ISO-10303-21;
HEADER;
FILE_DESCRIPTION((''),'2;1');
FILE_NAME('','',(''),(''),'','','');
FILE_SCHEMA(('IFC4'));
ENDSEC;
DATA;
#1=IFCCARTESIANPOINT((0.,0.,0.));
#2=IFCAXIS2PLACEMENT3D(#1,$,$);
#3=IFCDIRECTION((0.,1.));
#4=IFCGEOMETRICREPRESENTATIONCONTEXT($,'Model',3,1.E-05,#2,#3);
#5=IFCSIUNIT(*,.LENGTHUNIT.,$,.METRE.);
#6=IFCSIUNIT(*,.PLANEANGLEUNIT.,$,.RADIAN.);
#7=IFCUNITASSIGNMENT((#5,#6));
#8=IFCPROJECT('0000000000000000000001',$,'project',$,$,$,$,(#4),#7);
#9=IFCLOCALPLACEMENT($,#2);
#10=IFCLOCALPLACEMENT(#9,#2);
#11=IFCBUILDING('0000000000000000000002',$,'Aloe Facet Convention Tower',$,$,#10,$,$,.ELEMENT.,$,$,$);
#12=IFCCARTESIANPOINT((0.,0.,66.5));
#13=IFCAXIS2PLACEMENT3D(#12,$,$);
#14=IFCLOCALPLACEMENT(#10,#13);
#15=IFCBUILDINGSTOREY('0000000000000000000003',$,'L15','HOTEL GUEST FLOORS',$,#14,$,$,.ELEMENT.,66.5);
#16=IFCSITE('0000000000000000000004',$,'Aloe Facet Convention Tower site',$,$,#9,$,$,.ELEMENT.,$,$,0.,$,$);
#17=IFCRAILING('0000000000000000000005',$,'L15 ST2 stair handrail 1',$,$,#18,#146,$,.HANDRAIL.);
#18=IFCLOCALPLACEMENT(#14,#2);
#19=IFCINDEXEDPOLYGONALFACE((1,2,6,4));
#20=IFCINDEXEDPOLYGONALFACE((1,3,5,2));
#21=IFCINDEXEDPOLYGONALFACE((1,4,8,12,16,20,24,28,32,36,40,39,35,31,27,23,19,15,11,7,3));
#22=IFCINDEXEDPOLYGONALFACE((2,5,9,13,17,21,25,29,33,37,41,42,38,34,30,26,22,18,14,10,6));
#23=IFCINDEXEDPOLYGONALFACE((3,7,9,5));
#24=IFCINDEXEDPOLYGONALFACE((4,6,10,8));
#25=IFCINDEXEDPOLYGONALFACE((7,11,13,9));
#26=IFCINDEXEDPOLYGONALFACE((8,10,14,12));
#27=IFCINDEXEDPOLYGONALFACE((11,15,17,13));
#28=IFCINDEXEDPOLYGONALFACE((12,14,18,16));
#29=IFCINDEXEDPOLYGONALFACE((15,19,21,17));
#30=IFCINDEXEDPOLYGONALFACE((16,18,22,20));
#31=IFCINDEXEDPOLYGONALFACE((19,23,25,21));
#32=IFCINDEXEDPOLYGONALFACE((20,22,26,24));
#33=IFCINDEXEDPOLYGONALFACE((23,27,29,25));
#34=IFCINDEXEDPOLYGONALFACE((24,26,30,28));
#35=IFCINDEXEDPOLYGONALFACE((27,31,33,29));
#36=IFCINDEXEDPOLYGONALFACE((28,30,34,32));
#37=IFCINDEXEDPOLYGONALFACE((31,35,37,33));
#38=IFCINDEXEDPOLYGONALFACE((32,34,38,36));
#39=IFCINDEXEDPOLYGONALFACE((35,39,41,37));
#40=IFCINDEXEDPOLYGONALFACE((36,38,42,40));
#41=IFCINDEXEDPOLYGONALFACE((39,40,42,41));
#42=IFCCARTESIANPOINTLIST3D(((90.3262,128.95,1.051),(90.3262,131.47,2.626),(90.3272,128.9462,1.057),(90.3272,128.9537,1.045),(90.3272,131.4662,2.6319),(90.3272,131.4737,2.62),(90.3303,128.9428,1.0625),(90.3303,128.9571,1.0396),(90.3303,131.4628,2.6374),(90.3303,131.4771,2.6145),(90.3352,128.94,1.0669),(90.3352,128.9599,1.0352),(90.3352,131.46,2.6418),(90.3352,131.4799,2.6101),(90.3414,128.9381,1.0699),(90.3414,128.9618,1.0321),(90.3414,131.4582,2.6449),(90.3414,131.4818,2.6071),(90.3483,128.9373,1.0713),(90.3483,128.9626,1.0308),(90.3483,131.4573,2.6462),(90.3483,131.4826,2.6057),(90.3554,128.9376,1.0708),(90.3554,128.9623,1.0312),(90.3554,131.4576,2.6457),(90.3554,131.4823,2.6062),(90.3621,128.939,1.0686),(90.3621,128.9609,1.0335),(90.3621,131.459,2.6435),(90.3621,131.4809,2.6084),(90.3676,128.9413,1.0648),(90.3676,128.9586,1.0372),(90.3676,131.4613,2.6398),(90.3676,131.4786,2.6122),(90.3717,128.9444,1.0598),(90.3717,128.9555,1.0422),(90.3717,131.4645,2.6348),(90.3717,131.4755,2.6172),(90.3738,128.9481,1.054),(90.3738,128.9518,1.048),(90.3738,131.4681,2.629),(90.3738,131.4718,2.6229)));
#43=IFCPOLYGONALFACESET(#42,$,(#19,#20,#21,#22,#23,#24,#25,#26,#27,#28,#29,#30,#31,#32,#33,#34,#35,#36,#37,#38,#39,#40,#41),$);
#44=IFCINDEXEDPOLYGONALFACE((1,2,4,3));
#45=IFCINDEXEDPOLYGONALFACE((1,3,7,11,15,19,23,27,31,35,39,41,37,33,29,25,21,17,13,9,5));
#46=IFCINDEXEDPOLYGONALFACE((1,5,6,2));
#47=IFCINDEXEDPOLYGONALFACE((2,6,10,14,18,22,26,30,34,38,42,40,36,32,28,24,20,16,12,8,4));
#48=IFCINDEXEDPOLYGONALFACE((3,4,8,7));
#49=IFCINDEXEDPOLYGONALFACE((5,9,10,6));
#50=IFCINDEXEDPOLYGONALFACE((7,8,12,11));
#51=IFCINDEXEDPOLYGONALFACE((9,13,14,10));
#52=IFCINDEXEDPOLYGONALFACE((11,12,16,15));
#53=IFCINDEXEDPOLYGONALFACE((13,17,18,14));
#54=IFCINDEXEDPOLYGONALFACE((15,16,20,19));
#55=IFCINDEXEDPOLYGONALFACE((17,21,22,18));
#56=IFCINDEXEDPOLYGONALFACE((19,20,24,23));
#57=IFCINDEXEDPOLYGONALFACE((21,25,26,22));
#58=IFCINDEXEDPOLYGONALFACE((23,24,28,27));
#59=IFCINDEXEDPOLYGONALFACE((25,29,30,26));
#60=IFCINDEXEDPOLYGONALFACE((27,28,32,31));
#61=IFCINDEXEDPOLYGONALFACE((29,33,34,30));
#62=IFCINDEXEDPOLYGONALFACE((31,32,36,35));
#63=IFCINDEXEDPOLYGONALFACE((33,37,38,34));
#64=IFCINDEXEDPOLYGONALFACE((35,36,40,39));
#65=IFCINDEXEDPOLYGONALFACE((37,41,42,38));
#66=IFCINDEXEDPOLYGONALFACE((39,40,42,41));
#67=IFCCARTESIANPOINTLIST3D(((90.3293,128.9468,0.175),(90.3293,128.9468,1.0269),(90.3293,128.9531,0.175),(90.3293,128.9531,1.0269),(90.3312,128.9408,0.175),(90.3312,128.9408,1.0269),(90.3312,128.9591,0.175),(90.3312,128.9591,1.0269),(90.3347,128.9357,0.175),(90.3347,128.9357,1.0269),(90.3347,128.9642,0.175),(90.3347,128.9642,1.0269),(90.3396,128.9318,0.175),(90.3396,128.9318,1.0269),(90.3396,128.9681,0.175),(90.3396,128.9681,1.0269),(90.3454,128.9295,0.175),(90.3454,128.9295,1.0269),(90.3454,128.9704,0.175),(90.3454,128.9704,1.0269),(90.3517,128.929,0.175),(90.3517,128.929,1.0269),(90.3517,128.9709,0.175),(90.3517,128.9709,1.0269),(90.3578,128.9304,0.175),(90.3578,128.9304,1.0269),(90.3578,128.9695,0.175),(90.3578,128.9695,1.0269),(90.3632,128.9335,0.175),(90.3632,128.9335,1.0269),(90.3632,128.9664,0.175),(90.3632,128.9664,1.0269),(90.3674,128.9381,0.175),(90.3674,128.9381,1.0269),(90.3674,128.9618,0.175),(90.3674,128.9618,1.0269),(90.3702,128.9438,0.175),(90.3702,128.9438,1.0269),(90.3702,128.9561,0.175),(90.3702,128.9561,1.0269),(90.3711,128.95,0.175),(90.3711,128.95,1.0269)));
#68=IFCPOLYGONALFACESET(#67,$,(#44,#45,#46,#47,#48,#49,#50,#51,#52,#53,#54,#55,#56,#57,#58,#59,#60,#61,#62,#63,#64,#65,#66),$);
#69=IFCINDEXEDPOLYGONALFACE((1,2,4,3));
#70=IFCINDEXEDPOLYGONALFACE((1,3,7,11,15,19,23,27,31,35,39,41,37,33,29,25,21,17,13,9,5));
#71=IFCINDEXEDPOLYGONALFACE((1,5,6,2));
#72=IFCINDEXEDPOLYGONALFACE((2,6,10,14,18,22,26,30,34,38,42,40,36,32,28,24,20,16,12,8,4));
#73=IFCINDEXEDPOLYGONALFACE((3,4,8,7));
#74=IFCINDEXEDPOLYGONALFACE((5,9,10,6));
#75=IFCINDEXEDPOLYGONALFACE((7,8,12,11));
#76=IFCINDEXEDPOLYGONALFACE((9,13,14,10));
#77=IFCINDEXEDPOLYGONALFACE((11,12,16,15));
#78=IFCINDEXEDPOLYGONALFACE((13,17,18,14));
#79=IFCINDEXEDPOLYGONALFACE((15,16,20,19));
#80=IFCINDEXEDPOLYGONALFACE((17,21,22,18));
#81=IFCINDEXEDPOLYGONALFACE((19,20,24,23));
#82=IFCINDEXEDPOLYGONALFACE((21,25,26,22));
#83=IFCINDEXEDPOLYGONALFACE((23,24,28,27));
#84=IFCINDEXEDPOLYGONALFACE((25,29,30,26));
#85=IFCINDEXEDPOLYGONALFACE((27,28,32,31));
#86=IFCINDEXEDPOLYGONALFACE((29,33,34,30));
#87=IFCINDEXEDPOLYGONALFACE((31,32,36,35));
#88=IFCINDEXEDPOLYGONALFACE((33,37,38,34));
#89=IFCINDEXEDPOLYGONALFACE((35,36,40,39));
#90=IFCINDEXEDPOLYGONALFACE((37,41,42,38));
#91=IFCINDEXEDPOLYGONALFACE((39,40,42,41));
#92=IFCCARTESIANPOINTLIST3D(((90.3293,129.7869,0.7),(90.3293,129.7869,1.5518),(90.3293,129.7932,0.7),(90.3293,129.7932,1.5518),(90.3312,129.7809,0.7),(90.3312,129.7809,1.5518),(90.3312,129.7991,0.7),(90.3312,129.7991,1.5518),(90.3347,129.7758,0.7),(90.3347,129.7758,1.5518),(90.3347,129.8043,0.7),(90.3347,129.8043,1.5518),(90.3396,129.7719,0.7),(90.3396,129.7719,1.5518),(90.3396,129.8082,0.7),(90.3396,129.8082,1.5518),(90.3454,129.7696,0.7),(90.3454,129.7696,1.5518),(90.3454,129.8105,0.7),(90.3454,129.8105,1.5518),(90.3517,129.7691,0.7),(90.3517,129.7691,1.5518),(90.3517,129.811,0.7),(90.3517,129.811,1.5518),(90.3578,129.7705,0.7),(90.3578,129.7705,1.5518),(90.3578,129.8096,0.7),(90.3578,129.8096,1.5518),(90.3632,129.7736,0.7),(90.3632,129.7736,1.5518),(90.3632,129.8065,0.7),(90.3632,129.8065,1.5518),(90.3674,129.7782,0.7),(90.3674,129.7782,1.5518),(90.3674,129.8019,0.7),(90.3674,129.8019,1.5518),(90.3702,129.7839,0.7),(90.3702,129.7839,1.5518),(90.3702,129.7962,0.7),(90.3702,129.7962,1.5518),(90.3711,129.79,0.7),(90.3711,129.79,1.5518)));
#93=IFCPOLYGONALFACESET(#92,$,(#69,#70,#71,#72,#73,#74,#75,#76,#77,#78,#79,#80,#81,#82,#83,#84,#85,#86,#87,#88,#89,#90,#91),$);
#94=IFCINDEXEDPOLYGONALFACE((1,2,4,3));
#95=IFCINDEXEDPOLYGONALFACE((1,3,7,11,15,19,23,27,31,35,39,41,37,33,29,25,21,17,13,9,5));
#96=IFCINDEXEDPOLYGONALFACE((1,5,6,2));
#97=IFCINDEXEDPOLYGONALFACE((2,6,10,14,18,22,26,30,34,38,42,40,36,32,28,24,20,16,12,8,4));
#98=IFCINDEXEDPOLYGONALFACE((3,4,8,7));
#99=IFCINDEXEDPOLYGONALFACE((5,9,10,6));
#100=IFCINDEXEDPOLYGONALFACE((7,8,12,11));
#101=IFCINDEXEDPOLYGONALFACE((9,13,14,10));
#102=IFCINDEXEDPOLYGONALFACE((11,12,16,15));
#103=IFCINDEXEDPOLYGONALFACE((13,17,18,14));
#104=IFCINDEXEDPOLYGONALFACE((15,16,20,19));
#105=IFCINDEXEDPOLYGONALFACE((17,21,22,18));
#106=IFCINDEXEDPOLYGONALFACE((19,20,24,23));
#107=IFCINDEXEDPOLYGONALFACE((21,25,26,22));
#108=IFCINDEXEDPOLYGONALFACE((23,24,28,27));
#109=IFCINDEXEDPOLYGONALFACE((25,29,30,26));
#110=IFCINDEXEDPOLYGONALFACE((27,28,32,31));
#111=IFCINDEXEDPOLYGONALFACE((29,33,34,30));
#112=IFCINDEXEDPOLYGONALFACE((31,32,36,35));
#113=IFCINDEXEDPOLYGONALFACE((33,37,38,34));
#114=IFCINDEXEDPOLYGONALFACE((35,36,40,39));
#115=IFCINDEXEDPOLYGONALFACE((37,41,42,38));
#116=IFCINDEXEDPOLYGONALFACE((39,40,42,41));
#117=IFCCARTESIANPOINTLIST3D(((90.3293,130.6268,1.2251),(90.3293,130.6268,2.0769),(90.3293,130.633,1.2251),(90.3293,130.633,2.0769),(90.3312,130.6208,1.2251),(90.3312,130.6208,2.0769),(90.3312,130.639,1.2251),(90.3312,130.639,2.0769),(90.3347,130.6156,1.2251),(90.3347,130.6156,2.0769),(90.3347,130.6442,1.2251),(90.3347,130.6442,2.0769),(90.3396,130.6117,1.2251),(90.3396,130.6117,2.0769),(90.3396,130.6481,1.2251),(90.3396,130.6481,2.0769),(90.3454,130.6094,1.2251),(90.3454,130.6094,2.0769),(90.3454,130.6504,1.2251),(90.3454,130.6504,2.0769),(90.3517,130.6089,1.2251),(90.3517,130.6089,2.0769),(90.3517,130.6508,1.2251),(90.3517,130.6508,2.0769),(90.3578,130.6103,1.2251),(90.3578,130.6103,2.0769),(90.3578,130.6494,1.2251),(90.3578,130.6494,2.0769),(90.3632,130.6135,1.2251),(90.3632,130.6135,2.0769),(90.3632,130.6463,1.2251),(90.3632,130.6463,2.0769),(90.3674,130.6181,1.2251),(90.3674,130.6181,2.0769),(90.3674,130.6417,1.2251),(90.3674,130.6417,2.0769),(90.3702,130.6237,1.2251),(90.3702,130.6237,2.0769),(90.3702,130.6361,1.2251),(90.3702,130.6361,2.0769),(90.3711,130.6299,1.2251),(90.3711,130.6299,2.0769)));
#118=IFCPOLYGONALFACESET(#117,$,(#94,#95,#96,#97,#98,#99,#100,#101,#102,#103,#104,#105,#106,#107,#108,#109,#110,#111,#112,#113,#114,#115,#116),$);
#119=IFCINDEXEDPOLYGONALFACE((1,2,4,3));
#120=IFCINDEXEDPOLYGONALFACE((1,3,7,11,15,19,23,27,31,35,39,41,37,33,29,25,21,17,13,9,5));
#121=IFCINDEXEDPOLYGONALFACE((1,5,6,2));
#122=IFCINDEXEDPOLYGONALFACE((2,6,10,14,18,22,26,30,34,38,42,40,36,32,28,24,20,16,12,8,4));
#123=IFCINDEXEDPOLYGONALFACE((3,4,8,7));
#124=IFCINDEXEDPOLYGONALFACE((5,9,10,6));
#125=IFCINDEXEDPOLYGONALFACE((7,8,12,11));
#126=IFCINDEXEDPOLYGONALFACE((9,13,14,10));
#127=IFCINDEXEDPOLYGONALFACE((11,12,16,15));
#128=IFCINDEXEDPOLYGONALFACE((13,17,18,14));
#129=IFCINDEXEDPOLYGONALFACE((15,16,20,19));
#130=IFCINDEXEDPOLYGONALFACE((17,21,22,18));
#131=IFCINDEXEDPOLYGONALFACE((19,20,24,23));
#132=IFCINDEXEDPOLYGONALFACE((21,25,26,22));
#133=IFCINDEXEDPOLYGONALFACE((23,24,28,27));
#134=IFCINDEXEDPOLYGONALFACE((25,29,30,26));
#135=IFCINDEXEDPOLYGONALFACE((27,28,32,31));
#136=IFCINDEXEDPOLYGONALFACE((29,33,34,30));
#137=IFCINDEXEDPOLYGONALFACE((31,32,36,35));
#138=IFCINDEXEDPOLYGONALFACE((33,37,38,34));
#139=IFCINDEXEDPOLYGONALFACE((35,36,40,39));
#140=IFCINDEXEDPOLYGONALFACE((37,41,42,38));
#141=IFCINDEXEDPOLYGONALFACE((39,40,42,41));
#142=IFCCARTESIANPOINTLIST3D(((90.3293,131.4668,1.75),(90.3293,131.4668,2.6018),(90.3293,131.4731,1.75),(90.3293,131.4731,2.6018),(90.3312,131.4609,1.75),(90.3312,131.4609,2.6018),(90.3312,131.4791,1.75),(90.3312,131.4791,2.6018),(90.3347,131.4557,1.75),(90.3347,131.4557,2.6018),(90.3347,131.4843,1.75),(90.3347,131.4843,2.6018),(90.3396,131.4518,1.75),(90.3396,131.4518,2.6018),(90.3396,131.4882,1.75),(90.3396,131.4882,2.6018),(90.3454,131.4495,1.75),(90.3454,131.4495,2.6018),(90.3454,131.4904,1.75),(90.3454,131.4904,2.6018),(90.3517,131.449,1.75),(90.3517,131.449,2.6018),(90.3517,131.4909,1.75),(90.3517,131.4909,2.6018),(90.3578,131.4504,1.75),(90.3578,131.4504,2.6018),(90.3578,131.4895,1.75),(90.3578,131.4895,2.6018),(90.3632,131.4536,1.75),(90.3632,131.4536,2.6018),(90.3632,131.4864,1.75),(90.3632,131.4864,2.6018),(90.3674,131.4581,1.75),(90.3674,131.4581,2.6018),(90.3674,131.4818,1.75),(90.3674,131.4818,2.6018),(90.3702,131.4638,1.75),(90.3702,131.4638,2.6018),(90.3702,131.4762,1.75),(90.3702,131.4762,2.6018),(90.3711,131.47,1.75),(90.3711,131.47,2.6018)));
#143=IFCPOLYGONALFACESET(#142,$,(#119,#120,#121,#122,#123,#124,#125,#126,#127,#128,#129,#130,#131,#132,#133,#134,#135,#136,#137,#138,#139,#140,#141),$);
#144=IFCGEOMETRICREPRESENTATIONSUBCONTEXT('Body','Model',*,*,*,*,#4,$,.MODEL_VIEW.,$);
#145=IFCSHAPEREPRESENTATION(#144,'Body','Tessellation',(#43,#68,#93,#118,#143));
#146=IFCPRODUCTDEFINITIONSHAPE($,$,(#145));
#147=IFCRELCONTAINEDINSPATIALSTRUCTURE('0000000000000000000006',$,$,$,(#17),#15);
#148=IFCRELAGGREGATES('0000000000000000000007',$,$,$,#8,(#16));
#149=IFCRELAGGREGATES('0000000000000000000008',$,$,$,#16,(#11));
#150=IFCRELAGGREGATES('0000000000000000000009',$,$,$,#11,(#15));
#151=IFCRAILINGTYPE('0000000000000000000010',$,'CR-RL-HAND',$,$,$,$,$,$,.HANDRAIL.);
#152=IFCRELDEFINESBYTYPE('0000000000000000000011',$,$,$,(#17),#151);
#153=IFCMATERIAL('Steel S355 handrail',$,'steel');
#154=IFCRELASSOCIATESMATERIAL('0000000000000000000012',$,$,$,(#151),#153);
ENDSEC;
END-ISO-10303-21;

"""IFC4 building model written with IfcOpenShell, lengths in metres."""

from ifc_helpers import new_model, si_unit, direction, frame, origin, origin_2d, place, context, subcontext, project, spatial, circle, extrude, material, type_object, element, save


model = new_model("IFC4")

# Units and contexts
model_context = context("Model", 3, precision=1e-05, world=origin(), true_north=direction((0.0, 1.0)))
body_context = subcontext(model_context, "Body", "Model", "MODEL_VIEW")
ifc_project = project(units=[si_unit("LENGTHUNIT", "METRE"), si_unit("PLANEANGLEUNIT", "RADIAN")], contexts=[model_context])

# Site, building, storey
site_placement = place(None, origin())
site = spatial("IfcSite", under=ifc_project, at=site_placement, Name="Aloe Facet Convention Tower site", CompositionType="ELEMENT", RefElevation=0.0)
building_placement = place(site_placement, origin())
building = spatial("IfcBuilding", under=site, at=building_placement, Name="Aloe Facet Convention Tower", CompositionType="ELEMENT")
storey_placement = place(building_placement, frame((0.0, 0.0, 66.5)))
storey = spatial("IfcBuildingStorey", under=building, at=storey_placement, Name="L15", Description="HOTEL GUEST FLOORS", CompositionType="ELEMENT", Elevation=66.5)

# Railing
ifc_material_1 = material(Name="Steel S355 handrail", Category="steel")
railing_type_1 = type_object("IfcRailingType", Name="CR-RL-HAND", PredefinedType="HANDRAIL", material=ifc_material_1)
railing_1_placement = place(storey_placement, frame((90.3501, 128.95, 0.175)))
element("IfcRailing", 1, at=railing_1_placement, inside=storey, type_object=railing_type_1, Name="L15 ST2 stair handrail 1", PredefinedType="HANDRAIL", context=body_context, shape_type="SweptSolid", body=[
    extrude(circle(Radius=0.0239, at=origin_2d()), frame((0.0, 0.0, 0.876), z_axis=(0.0, 0.848008, 0.529984), x_axis=(-1.0, 0.0, 0.0)), (0.0, 0.0, 1.0), 2.9717),
    extrude(circle(Radius=0.021, at=origin_2d()), origin(), (0.0, 0.0, 1.0), 0.8518),
    extrude(circle(Radius=0.021, at=origin_2d()), frame((0.0, 0.8401, 0.5249)), (0.0, 0.0, 1.0), 0.8518),
    extrude(circle(Radius=0.021, at=origin_2d()), frame((0.0, 1.6799, 1.05)), (0.0, 0.0, 1.0), 0.8518),
    extrude(circle(Radius=0.021, at=origin_2d()), frame((0.0, 2.52, 1.575)), (0.0, 0.0, 1.0), 0.8518),
])

save(model, "model.ifc")
